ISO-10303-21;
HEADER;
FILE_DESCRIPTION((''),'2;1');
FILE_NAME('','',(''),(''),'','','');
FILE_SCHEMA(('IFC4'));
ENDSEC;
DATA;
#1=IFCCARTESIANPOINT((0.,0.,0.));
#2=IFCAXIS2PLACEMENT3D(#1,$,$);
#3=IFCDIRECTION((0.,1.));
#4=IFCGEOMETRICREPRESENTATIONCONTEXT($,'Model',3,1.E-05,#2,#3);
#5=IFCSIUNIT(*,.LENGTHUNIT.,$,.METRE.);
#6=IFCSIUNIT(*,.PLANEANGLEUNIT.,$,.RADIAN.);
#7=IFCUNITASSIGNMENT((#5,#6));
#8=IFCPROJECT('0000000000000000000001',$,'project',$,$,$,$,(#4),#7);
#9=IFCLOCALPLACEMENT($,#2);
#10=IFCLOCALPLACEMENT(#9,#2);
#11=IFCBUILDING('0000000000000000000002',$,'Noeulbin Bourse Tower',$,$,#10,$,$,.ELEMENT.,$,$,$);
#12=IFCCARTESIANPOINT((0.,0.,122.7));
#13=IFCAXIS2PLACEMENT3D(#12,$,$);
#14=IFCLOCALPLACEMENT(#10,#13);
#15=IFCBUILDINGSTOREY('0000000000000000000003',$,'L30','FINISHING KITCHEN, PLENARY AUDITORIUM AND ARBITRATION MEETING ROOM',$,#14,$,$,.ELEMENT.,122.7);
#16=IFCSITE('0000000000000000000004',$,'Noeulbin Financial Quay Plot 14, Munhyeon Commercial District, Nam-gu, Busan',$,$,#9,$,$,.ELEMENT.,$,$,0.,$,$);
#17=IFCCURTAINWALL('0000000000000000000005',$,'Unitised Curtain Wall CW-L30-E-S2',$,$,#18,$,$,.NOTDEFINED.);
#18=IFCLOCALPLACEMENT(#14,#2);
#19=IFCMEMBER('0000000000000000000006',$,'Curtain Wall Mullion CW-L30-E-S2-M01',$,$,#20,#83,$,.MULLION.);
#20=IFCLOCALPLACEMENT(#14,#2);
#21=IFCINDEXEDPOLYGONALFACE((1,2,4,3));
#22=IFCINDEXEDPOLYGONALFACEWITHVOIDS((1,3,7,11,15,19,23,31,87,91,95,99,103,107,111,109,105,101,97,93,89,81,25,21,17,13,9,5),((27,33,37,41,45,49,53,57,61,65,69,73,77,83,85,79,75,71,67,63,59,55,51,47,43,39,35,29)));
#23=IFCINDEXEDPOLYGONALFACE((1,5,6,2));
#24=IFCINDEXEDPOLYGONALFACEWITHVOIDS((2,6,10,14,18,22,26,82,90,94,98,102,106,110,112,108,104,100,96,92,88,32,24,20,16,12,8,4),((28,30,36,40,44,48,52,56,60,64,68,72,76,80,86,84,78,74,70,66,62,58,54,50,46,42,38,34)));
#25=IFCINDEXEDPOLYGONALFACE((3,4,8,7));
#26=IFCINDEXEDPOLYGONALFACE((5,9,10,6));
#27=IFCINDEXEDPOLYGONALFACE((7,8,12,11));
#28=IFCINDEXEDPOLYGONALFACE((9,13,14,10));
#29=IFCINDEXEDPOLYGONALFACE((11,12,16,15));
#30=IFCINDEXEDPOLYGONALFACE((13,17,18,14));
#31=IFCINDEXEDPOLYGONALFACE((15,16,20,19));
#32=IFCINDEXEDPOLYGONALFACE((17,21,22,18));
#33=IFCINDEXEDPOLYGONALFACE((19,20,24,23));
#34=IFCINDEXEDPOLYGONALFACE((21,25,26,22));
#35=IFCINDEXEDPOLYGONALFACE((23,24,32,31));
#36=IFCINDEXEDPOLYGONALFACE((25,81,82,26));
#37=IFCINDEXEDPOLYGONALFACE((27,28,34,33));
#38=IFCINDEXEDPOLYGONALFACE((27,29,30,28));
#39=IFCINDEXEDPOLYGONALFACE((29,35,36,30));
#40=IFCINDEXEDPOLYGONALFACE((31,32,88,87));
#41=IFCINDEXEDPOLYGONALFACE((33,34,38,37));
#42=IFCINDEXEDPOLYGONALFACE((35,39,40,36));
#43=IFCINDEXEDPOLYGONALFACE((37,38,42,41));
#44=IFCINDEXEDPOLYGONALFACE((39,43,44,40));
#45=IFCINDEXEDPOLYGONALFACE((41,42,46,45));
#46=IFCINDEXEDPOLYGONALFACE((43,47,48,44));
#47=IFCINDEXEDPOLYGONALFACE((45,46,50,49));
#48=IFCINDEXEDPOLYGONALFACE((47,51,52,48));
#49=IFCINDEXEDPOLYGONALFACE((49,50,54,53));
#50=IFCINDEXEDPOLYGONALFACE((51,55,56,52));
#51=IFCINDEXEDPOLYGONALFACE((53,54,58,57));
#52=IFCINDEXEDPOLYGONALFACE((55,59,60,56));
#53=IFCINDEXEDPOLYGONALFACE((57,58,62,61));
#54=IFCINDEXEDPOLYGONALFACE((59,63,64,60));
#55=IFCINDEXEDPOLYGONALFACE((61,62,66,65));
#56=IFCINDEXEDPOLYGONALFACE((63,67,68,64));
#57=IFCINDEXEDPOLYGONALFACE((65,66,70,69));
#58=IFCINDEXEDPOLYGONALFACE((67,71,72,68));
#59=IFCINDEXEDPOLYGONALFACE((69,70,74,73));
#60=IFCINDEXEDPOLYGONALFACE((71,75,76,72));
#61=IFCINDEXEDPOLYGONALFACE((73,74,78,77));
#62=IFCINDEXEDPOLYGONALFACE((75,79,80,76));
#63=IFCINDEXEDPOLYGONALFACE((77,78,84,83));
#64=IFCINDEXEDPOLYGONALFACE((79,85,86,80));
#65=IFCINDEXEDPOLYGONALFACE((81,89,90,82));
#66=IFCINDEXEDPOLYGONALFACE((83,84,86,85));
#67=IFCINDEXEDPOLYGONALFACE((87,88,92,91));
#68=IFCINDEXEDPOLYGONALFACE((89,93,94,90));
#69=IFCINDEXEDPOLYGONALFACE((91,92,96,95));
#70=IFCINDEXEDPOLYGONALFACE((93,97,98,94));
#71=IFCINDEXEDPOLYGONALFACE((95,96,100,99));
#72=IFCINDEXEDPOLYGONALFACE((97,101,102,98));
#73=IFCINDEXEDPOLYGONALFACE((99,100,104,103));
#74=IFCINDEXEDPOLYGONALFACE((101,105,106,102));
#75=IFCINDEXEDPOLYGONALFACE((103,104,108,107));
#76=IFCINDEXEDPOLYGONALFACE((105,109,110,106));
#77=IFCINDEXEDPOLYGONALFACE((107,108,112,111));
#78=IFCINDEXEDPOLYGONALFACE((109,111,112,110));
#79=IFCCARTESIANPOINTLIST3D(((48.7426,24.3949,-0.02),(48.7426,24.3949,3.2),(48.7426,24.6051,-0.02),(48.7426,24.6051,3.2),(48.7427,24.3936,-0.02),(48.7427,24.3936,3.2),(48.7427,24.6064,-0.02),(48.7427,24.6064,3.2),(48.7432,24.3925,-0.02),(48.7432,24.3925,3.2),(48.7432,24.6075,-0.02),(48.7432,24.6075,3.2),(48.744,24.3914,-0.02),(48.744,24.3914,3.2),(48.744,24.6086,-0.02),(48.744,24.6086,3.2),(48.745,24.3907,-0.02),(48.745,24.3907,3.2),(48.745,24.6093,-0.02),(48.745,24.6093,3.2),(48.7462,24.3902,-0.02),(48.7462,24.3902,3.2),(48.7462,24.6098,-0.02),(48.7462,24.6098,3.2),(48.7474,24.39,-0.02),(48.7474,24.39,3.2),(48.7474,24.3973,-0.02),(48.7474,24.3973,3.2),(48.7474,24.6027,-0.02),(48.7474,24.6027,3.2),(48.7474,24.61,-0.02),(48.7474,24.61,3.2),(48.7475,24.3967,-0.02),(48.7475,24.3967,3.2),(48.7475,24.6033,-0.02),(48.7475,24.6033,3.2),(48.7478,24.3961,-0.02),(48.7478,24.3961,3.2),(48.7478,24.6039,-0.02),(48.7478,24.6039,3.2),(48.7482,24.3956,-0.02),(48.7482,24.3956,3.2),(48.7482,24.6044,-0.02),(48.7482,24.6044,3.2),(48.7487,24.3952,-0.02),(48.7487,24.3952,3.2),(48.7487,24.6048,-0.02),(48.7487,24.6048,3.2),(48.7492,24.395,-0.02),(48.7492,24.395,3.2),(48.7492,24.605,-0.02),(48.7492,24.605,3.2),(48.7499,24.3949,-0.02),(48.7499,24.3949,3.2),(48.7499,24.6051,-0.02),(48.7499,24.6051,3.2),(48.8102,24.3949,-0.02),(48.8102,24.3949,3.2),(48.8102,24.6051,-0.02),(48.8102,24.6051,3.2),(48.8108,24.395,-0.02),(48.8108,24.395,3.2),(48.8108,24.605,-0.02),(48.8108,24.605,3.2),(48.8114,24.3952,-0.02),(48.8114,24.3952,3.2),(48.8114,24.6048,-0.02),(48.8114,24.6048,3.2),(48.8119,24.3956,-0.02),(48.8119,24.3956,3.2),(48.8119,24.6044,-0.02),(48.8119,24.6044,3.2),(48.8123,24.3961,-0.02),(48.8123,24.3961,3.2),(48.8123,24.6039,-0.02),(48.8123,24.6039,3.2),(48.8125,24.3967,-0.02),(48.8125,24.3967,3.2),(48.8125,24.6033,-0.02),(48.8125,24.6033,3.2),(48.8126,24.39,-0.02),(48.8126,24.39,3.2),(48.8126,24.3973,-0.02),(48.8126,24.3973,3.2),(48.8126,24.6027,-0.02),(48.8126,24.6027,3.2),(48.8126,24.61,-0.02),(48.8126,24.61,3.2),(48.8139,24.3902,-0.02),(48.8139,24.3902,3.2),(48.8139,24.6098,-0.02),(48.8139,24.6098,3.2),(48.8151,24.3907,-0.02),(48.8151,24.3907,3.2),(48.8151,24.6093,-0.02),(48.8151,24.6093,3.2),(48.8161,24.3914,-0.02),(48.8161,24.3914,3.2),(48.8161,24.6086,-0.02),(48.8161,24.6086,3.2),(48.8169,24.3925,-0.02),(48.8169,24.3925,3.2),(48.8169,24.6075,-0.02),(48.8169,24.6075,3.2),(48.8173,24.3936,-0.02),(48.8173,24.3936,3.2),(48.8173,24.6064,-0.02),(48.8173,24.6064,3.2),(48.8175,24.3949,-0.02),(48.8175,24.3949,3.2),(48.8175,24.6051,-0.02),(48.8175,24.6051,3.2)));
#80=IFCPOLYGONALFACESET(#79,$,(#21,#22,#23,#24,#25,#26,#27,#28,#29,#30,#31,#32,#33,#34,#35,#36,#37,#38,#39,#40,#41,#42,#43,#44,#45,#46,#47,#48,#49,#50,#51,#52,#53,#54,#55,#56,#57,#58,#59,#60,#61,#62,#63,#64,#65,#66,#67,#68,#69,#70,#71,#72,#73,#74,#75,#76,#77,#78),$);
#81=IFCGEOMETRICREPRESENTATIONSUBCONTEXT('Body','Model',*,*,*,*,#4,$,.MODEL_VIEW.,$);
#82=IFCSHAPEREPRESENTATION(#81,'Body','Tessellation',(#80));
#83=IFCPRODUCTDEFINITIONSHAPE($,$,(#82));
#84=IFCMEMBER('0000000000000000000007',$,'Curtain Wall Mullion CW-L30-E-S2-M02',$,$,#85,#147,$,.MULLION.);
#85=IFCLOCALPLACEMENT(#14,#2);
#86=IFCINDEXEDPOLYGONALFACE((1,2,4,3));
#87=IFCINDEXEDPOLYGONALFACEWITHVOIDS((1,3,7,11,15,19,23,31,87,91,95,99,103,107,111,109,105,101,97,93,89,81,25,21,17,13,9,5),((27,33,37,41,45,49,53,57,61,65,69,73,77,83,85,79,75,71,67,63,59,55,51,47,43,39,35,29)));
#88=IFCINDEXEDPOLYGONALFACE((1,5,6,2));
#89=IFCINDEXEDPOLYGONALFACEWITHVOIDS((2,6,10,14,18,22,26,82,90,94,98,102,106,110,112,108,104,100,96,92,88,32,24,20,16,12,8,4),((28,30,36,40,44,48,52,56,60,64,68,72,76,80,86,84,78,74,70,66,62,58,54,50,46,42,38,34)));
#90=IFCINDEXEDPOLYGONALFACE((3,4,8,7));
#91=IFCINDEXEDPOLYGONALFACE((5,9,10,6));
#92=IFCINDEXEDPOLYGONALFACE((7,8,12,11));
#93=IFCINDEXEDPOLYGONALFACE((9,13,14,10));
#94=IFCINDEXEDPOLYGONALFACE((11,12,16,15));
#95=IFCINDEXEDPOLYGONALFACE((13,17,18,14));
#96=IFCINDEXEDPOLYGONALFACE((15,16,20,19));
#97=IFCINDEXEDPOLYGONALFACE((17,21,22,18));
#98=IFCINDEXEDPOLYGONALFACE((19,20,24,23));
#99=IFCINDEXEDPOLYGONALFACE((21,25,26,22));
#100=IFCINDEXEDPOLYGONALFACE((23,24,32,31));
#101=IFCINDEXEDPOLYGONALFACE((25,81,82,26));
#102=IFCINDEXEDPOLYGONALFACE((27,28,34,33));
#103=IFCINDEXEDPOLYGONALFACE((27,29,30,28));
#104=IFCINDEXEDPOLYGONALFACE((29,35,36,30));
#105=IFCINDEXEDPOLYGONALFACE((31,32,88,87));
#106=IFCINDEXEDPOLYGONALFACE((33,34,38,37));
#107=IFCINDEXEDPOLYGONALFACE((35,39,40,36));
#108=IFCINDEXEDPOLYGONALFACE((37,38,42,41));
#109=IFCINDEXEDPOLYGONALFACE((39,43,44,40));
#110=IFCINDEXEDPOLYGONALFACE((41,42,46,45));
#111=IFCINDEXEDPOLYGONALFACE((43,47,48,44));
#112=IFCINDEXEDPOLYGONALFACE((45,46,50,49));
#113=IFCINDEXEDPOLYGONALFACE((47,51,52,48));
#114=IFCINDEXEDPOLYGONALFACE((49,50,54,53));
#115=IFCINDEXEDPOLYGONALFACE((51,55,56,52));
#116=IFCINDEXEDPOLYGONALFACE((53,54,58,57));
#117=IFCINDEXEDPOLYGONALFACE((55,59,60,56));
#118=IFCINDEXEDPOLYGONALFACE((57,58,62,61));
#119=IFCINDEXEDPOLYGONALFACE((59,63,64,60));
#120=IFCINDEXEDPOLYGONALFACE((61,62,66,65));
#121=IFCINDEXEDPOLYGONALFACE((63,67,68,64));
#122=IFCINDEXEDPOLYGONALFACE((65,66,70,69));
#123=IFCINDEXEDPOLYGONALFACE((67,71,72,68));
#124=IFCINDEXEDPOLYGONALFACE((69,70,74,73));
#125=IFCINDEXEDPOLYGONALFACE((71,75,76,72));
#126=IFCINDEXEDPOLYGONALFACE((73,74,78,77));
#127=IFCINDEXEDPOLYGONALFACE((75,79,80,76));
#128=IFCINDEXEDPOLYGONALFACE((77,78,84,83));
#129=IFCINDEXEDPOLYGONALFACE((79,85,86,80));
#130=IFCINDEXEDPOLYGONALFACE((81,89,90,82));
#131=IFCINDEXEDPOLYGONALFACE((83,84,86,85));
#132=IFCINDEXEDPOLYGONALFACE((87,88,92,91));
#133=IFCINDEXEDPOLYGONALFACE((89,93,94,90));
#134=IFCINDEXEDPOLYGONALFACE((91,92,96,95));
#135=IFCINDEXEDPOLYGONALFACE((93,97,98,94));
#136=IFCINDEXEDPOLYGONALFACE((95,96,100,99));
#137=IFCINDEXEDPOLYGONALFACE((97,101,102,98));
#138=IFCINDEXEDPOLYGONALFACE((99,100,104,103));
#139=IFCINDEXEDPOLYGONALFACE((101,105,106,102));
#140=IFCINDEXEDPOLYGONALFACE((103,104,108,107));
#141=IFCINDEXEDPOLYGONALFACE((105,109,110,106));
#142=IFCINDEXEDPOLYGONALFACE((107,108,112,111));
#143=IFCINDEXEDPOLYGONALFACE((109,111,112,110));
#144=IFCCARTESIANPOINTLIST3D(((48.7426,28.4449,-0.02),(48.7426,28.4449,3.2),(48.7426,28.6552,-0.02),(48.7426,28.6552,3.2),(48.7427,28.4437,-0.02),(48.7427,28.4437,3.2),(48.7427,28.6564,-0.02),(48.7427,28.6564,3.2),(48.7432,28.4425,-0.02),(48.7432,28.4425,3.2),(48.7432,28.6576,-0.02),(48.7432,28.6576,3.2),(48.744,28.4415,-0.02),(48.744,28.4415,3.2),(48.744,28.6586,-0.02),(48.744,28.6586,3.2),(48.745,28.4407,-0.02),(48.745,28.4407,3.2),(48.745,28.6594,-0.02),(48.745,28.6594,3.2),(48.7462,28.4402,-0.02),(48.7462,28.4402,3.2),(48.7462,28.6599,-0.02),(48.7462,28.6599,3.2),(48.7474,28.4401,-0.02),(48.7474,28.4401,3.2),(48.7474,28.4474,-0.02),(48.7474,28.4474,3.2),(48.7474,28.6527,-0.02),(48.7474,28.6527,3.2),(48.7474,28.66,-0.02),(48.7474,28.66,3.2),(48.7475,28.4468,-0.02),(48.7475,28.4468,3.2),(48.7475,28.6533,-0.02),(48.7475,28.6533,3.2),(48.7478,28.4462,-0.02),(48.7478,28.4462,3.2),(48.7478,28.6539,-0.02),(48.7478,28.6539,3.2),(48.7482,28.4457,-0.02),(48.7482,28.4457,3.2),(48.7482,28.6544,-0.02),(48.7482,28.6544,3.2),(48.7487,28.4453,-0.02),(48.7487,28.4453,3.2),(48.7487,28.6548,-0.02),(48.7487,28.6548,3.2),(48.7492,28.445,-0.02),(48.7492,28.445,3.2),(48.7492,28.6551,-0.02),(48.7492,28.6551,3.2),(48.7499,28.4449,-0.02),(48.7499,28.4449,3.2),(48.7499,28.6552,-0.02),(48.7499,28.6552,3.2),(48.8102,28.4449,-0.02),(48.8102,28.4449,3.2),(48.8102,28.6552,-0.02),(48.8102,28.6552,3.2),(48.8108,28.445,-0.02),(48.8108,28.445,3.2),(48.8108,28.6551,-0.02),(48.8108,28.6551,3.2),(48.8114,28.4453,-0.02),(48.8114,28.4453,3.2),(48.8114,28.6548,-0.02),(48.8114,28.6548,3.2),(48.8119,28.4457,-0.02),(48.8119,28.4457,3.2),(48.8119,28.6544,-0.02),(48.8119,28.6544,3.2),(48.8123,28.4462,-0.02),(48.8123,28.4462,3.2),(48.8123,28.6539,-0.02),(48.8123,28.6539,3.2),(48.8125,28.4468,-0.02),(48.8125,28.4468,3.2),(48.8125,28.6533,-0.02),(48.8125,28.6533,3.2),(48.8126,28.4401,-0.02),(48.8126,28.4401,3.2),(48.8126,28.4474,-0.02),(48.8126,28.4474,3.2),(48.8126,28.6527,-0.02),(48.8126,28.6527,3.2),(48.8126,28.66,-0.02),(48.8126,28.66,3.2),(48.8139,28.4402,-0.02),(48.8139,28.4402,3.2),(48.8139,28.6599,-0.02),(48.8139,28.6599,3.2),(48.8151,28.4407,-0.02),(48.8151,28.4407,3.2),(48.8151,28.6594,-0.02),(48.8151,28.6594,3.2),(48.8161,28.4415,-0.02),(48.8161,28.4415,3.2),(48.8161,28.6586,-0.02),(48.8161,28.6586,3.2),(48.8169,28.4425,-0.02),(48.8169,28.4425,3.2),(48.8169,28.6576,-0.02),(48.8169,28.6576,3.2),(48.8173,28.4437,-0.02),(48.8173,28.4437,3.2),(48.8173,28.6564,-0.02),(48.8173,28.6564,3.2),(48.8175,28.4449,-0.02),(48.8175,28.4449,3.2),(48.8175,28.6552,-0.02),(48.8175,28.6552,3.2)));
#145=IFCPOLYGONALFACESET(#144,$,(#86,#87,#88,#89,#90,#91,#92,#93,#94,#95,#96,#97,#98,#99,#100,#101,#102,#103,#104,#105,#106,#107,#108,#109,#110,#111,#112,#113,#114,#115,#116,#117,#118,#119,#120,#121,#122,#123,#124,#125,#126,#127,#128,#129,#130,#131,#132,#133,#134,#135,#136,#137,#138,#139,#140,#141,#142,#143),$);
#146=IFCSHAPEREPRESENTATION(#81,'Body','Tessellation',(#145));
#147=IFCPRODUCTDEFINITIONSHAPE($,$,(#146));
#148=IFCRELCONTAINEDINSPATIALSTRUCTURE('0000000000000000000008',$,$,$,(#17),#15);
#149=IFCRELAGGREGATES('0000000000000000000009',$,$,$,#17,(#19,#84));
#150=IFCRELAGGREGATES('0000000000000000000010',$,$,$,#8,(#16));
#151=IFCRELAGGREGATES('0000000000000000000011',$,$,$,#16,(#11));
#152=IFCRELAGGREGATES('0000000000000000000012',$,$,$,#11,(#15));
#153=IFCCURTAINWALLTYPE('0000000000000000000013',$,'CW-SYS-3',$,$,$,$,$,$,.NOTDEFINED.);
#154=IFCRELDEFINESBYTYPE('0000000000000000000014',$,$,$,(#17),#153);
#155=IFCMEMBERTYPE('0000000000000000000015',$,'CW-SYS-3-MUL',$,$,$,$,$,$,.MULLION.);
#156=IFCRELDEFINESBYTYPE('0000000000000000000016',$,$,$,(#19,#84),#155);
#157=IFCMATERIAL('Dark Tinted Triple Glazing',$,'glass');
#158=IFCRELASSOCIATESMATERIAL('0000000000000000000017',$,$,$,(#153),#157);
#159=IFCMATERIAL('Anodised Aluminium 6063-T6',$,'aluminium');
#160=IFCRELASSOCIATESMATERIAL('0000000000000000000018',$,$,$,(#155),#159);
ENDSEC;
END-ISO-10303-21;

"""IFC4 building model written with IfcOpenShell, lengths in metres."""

from ifc_helpers import new_model, si_unit, direction, frame, origin, origin_2d, place, context, subcontext, project, spatial, hollow_rectangle, extrude, material, material_profile, profile_set, type_object, element, aggregate, save


model = new_model("IFC4")

# Units and contexts
model_context = context("Model", 3, precision=1e-05, world=origin(), true_north=direction((0.0, 1.0)))
body_context = subcontext(model_context, "Body", "Model", "MODEL_VIEW")
ifc_project = project(units=[si_unit("LENGTHUNIT", "METRE"), si_unit("PLANEANGLEUNIT", "RADIAN")], contexts=[model_context])

# Site, building, storey
site_placement = place(None, origin())
site = spatial("IfcSite", under=ifc_project, at=site_placement, Name="Noeulbin Financial Quay Plot 14, Munhyeon Commercial District, Nam-gu, Busan", CompositionType="ELEMENT", RefElevation=0.0)
building_placement = place(site_placement, origin())
building = spatial("IfcBuilding", under=site, at=building_placement, Name="Noeulbin Bourse Tower", CompositionType="ELEMENT")
storey_placement = place(building_placement, frame((0.0, 0.0, 122.7)))
storey = spatial("IfcBuildingStorey", under=building, at=storey_placement, Name="L30", Description="FINISHING KITCHEN, PLENARY AUDITORIUM AND ARBITRATION MEETING ROOM", CompositionType="ELEMENT", Elevation=122.7)

# Curtain wall, members
ifc_material_1 = material(Name="Dark Tinted Triple Glazing", Category="glass")
curtain_wall_type = type_object("IfcCurtainWallType", Name="CW-SYS-3", PredefinedType="NOTDEFINED", material=ifc_material_1)
curtain_wall_1_placement = place(storey_placement, origin())
curtain_wall_1 = element("IfcCurtainWall", 1, at=curtain_wall_1_placement, inside=storey, type_object=curtain_wall_type, Name="Unitised Curtain Wall CW-L30-E-S2", PredefinedType="NOTDEFINED")
ifc_material_2 = material(Name="Anodised Aluminium 6063-T6", Category="aluminium")
ifc_material_profile_1 = material_profile(ifc_material_2, hollow_rectangle(XDim=0.075, YDim=0.22, WallThickness=0.0049, InnerFilletRadius=0.0024, OuterFilletRadius=0.0049, at=origin_2d()), Name="ALU-MULL-75x220x5", Category="LoadBearing")
ifc_profile_set_1 = profile_set([ifc_material_profile_1], Name="Anodised Aluminium 6063-T6")
member_type_1 = type_object("IfcMemberType", Name="CW-SYS-3-MUL", PredefinedType="MULLION", material=ifc_profile_set_1)
member_1_placement = place(storey_placement, frame((48.78, 24.5, -0.02), z_axis=(0.0, 0.0, 1.0), x_axis=(1.0, 0.0, 0.0)))
member_1 = element("IfcMember", 2, at=member_1_placement, type_object=member_type_1, Name="Curtain Wall Mullion CW-L30-E-S2-M01", PredefinedType="MULLION", context=body_context, shape_type="SweptSolid", body=[
    extrude(hollow_rectangle(XDim=0.075, YDim=0.22, WallThickness=0.0049, InnerFilletRadius=0.0024, OuterFilletRadius=0.0049, at=origin_2d()), origin(), (0.0, 0.0, 1.0), 3.22),
])
member_2_placement = place(storey_placement, frame((48.78, 28.55, -0.02), z_axis=(0.0, 0.0, 1.0), x_axis=(1.0, 0.0, 0.0)))
member_2 = element("IfcMember", 3, at=member_2_placement, type_object=member_type_1, Name="Curtain Wall Mullion CW-L30-E-S2-M02", PredefinedType="MULLION", context=body_context, shape_type="SweptSolid", body=[
    extrude(hollow_rectangle(XDim=0.075, YDim=0.22, WallThickness=0.0049, InnerFilletRadius=0.0024, OuterFilletRadius=0.0049, at=origin_2d()), origin(), (0.0, 0.0, 1.0), 3.22),
])

aggregate(curtain_wall_1, [member_1, member_2])

save(model, "model.ifc")
